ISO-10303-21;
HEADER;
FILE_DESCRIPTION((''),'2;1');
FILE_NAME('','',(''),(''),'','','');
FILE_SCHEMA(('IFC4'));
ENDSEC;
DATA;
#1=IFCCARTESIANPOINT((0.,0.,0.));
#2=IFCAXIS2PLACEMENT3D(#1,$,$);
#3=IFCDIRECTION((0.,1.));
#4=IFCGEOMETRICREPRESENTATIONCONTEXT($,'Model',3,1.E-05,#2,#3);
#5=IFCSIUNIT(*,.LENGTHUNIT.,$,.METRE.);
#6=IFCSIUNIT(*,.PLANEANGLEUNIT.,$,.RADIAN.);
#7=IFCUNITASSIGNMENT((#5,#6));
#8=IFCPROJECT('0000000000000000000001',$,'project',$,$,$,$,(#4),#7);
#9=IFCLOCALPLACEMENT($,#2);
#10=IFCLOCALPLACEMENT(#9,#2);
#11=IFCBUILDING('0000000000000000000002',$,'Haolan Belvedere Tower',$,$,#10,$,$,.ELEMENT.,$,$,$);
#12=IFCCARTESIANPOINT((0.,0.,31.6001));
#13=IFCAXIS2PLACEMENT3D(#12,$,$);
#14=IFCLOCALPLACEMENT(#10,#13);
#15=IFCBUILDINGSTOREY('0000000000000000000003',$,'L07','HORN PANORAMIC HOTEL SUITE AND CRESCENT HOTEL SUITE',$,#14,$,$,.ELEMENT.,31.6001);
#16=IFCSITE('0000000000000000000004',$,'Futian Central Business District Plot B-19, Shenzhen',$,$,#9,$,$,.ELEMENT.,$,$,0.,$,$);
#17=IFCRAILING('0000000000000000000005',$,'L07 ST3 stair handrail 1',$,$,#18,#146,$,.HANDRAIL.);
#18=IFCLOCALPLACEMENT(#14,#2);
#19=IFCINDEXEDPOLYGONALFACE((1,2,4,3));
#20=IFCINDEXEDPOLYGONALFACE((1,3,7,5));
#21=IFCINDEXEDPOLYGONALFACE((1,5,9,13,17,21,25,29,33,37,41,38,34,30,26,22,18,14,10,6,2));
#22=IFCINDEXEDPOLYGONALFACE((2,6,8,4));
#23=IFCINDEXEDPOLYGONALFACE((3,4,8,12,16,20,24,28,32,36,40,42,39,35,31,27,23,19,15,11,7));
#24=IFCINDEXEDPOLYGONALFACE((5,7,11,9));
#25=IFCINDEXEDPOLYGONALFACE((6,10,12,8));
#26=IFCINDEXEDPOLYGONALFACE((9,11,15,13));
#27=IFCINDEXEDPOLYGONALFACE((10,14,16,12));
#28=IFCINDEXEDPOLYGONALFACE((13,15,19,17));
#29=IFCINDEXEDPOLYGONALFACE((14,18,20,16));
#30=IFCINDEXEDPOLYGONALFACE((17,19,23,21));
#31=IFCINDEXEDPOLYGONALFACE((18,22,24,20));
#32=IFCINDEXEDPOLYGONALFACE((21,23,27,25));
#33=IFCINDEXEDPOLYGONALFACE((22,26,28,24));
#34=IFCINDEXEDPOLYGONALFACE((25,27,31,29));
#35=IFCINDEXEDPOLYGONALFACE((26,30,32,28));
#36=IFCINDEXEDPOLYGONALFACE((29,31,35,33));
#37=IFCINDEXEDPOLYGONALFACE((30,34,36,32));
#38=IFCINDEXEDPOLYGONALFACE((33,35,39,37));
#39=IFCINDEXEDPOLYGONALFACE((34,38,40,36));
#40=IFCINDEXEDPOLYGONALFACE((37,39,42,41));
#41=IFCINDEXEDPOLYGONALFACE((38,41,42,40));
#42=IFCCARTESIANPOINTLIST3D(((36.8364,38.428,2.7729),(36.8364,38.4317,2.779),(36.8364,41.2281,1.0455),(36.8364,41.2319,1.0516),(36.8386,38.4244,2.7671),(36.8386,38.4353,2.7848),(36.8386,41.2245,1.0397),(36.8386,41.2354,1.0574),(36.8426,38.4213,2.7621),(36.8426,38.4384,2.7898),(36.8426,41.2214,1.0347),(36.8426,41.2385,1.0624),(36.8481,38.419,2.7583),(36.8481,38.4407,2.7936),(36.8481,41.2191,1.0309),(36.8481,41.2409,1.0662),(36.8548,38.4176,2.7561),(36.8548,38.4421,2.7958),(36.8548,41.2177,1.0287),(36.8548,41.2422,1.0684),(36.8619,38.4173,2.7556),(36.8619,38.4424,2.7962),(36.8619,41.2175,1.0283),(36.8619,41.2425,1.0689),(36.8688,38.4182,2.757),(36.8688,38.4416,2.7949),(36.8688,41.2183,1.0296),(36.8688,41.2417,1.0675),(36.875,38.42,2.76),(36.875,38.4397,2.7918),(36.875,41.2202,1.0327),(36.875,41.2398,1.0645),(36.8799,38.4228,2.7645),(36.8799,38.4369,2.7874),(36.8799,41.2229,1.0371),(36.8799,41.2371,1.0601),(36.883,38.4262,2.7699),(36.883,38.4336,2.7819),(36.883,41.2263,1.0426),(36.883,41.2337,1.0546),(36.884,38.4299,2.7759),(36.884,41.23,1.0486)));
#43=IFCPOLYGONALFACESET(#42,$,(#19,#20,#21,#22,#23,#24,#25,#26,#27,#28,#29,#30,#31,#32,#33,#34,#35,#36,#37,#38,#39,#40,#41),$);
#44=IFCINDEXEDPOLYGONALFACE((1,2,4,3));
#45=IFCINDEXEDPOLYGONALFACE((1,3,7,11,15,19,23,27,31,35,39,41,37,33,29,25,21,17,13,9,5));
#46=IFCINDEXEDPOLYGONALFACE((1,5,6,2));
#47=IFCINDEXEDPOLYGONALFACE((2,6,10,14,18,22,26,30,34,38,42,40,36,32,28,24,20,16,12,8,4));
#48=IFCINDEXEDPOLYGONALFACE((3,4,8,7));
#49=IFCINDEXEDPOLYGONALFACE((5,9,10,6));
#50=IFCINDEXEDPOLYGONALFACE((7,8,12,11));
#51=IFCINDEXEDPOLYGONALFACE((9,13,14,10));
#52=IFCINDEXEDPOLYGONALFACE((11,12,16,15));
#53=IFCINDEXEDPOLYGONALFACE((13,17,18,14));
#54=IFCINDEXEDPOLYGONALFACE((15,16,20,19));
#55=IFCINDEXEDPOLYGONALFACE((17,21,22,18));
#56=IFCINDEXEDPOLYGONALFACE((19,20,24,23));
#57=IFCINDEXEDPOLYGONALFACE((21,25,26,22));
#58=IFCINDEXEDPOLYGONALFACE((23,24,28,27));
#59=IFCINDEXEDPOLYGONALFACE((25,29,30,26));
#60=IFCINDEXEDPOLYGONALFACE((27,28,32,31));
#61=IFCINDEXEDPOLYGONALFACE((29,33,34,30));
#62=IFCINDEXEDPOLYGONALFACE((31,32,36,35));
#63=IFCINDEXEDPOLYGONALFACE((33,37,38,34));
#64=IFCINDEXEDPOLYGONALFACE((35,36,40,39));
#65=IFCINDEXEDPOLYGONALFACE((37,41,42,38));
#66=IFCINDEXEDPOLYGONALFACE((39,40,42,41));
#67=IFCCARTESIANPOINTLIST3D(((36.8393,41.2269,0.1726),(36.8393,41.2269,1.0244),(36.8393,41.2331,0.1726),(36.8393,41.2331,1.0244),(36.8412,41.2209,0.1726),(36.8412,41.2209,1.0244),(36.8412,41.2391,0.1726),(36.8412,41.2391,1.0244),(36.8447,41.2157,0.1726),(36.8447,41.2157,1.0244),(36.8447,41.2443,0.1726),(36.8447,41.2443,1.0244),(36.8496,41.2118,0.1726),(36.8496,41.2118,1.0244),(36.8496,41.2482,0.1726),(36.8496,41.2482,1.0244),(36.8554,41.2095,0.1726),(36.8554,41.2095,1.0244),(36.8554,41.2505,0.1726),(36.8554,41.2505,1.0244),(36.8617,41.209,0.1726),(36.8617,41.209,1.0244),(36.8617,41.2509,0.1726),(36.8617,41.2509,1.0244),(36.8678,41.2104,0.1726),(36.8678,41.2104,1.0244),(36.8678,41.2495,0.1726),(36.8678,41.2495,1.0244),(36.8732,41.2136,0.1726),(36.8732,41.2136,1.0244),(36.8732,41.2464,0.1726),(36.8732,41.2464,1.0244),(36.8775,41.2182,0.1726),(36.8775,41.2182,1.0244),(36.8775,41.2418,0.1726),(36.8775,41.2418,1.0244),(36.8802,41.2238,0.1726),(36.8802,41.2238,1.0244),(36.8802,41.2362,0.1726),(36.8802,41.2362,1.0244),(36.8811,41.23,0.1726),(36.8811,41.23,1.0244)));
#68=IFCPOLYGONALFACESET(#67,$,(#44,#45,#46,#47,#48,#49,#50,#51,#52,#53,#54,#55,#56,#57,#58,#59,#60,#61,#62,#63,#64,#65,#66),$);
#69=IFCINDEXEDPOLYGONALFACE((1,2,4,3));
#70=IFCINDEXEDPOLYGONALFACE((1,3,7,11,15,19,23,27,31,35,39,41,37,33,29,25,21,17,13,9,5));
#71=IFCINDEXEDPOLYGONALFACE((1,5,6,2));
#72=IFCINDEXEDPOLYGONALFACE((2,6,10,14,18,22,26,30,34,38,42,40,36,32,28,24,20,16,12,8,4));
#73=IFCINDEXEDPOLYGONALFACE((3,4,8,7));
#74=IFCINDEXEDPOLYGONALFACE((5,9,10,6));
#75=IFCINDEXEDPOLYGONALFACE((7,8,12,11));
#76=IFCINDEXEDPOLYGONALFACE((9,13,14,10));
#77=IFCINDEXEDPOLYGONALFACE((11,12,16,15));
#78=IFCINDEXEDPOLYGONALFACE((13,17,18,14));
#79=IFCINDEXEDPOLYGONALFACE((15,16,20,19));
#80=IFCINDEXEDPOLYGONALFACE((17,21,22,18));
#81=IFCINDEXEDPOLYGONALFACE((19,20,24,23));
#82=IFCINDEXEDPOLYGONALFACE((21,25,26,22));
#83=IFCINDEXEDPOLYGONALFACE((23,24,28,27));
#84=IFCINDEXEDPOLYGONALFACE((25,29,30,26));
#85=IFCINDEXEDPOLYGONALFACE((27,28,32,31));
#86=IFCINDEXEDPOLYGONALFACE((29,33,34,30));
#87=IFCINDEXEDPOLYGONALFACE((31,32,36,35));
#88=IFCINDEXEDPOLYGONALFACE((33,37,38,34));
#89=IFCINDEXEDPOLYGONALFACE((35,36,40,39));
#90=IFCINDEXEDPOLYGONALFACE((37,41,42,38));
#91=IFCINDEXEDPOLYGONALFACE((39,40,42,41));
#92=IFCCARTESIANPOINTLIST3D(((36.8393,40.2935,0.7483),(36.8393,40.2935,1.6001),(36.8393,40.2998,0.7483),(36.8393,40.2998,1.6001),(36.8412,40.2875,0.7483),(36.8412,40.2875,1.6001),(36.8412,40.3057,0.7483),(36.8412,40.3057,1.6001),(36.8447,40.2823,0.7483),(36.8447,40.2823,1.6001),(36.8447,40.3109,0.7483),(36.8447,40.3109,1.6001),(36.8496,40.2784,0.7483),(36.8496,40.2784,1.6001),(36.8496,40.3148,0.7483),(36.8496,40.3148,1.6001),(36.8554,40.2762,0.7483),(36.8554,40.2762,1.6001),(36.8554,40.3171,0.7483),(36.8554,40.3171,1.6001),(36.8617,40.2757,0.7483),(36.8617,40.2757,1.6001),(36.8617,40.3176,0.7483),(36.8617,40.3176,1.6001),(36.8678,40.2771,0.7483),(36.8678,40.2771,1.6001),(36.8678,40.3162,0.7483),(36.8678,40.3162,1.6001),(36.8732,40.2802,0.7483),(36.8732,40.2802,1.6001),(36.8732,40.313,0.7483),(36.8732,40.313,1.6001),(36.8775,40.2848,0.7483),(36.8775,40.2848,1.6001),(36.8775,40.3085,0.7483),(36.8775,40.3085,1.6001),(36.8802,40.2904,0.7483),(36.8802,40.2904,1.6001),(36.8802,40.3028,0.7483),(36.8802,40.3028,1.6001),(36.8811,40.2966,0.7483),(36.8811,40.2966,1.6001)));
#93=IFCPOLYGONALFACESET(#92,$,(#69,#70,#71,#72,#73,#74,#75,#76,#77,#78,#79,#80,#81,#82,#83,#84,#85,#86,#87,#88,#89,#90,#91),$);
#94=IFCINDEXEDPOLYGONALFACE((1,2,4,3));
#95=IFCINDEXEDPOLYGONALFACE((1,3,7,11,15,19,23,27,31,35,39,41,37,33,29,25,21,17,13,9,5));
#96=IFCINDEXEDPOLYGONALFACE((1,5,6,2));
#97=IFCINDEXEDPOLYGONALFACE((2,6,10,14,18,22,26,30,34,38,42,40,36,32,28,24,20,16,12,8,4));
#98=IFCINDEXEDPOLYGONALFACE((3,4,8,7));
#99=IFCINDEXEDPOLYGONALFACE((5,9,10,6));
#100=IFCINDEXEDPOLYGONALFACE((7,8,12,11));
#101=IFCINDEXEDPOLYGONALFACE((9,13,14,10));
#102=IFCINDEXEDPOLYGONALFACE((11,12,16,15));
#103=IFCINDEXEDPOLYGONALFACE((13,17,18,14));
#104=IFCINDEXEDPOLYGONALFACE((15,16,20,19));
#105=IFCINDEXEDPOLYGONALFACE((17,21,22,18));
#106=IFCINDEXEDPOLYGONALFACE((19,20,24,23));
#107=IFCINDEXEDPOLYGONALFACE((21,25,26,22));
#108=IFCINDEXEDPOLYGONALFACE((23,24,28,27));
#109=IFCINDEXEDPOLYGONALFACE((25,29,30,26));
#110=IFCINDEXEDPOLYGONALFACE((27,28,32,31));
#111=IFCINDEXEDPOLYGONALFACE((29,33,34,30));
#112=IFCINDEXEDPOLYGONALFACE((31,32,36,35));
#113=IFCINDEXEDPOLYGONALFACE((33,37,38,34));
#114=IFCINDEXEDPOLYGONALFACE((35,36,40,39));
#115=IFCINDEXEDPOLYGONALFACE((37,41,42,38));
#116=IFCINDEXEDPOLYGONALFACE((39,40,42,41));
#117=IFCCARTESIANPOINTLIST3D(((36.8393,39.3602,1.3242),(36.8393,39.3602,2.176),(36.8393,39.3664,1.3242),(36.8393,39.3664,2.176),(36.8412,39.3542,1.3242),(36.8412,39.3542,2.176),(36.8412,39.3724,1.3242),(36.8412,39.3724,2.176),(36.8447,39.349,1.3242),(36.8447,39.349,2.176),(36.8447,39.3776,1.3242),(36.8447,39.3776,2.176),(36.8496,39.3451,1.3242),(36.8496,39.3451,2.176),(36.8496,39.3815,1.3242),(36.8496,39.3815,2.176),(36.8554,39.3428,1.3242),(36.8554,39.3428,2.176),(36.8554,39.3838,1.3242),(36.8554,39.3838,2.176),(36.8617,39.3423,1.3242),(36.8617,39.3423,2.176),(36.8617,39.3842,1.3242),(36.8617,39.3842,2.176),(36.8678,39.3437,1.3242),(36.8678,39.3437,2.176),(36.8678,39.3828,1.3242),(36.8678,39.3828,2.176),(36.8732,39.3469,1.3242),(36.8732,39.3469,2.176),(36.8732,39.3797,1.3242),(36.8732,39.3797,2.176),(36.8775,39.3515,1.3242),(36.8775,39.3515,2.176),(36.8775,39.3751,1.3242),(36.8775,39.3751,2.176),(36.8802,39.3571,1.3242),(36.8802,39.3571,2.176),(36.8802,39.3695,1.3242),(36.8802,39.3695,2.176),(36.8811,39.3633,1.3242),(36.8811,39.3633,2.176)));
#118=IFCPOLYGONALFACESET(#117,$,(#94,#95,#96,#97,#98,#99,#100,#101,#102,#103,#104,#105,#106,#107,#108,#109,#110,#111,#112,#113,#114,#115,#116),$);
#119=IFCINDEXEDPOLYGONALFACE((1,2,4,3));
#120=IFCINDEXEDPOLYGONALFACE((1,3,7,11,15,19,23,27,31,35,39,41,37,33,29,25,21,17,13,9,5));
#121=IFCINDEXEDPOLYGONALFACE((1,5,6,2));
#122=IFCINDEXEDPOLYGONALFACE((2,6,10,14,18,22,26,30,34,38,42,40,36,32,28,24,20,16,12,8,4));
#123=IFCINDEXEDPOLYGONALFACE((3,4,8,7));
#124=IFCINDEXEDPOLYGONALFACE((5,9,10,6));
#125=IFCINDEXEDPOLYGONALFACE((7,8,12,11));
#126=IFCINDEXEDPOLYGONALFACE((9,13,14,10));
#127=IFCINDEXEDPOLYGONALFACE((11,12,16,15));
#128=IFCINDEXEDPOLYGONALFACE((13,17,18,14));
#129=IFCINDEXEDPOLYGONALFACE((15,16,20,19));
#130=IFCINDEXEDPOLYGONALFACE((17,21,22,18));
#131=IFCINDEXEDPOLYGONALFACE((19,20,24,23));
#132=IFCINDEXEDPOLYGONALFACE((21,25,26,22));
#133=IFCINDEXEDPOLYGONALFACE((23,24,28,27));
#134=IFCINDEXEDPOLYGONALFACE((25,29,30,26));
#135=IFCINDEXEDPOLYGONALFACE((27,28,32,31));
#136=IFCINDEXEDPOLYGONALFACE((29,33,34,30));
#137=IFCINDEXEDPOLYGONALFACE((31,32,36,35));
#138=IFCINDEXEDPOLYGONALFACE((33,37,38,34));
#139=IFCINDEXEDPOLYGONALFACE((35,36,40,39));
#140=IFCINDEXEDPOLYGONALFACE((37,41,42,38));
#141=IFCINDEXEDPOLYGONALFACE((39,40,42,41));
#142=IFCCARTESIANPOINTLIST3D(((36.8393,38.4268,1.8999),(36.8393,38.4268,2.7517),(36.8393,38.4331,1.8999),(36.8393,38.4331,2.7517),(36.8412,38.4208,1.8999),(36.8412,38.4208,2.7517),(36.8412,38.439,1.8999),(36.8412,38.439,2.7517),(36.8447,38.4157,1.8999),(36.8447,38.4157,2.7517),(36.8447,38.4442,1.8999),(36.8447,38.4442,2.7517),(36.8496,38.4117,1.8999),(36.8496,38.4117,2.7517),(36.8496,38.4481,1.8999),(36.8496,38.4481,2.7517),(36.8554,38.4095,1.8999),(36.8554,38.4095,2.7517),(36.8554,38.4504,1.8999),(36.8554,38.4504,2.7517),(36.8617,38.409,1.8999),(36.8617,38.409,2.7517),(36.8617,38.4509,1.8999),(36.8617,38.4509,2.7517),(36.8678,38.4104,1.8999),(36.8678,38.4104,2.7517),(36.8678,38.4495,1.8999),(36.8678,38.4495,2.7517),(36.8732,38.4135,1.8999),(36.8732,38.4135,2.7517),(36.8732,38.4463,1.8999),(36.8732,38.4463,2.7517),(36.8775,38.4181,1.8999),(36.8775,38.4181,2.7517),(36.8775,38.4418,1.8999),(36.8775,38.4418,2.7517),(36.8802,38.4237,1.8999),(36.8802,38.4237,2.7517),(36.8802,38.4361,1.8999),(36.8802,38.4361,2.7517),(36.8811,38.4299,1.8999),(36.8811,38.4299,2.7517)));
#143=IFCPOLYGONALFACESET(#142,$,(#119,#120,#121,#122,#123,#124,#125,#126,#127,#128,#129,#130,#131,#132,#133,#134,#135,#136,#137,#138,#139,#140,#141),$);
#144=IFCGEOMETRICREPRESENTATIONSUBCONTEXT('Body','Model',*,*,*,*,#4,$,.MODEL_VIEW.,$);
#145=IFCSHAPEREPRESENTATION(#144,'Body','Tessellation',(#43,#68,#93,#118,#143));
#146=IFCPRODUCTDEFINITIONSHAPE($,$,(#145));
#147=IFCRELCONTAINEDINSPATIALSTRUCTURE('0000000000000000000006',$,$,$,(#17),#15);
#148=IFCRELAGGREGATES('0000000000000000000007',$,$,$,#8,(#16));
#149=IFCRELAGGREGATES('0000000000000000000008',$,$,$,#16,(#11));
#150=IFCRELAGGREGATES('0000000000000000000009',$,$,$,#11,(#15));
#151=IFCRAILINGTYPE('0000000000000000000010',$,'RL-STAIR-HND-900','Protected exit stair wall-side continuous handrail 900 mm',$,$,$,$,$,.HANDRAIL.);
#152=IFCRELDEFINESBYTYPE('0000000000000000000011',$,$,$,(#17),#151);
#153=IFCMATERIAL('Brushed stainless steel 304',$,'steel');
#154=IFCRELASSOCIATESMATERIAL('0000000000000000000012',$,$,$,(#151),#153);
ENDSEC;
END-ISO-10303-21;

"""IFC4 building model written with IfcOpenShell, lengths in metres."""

from ifc_helpers import new_model, si_unit, direction, frame, origin, origin_2d, place, context, subcontext, project, spatial, circle, extrude, material, type_object, element, save


model = new_model("IFC4")

# Units and contexts
model_context = context("Model", 3, precision=1e-05, world=origin(), true_north=direction((0.0, 1.0)))
body_context = subcontext(model_context, "Body", "Model", "MODEL_VIEW")
ifc_project = project(units=[si_unit("LENGTHUNIT", "METRE"), si_unit("PLANEANGLEUNIT", "RADIAN")], contexts=[model_context])

# Site, building, storey
site_placement = place(None, origin())
site = spatial("IfcSite", under=ifc_project, at=site_placement, Name="Futian Central Business District Plot B-19, Shenzhen", CompositionType="ELEMENT", RefElevation=0.0)
building_placement = place(site_placement, origin())
building = spatial("IfcBuilding", under=site, at=building_placement, Name="Haolan Belvedere Tower", CompositionType="ELEMENT")
storey_placement = place(building_placement, frame((0.0, 0.0, 31.6001)))
storey = spatial("IfcBuildingStorey", under=building, at=storey_placement, Name="L07", Description="HORN PANORAMIC HOTEL SUITE AND CRESCENT HOTEL SUITE", CompositionType="ELEMENT", Elevation=31.6001)

# Railing
ifc_material_1 = material(Name="Brushed stainless steel 304", Category="steel")
railing_type_1 = type_object("IfcRailingType", Name="RL-STAIR-HND-900", Description="Protected exit stair wall-side continuous handrail 900 mm", PredefinedType="HANDRAIL", material=ifc_material_1)
railing_1_placement = place(storey_placement, frame((36.8601, 41.23, 0.1726)))
element("IfcRailing", 1, at=railing_1_placement, inside=storey, type_object=railing_type_1, Name="L07 ST3 stair handrail 1", PredefinedType="HANDRAIL", context=body_context, shape_type="SweptSolid", body=[
    extrude(circle(Radius=0.0239, at=origin_2d()), frame((0.0, 0.0, 0.876), z_axis=(0.0, -0.85109, 0.52502), x_axis=(1.0, 0.0, 0.0)), (0.0, 0.0, 1.0), 3.29),
    extrude(circle(Radius=0.021, at=origin_2d()), origin(), (0.0, 0.0, 1.0), 0.8518),
    extrude(circle(Radius=0.021, at=origin_2d()), frame((0.0, -0.9333, 0.5757)), (0.0, 0.0, 1.0), 0.8518),
    extrude(circle(Radius=0.021, at=origin_2d()), frame((0.0, -1.8667, 1.1516)), (0.0, 0.0, 1.0), 0.8518),
    extrude(circle(Radius=0.021, at=origin_2d()), frame((0.0, -2.8, 1.7273)), (0.0, 0.0, 1.0), 0.8518),
])

save(model, "model.ifc")
